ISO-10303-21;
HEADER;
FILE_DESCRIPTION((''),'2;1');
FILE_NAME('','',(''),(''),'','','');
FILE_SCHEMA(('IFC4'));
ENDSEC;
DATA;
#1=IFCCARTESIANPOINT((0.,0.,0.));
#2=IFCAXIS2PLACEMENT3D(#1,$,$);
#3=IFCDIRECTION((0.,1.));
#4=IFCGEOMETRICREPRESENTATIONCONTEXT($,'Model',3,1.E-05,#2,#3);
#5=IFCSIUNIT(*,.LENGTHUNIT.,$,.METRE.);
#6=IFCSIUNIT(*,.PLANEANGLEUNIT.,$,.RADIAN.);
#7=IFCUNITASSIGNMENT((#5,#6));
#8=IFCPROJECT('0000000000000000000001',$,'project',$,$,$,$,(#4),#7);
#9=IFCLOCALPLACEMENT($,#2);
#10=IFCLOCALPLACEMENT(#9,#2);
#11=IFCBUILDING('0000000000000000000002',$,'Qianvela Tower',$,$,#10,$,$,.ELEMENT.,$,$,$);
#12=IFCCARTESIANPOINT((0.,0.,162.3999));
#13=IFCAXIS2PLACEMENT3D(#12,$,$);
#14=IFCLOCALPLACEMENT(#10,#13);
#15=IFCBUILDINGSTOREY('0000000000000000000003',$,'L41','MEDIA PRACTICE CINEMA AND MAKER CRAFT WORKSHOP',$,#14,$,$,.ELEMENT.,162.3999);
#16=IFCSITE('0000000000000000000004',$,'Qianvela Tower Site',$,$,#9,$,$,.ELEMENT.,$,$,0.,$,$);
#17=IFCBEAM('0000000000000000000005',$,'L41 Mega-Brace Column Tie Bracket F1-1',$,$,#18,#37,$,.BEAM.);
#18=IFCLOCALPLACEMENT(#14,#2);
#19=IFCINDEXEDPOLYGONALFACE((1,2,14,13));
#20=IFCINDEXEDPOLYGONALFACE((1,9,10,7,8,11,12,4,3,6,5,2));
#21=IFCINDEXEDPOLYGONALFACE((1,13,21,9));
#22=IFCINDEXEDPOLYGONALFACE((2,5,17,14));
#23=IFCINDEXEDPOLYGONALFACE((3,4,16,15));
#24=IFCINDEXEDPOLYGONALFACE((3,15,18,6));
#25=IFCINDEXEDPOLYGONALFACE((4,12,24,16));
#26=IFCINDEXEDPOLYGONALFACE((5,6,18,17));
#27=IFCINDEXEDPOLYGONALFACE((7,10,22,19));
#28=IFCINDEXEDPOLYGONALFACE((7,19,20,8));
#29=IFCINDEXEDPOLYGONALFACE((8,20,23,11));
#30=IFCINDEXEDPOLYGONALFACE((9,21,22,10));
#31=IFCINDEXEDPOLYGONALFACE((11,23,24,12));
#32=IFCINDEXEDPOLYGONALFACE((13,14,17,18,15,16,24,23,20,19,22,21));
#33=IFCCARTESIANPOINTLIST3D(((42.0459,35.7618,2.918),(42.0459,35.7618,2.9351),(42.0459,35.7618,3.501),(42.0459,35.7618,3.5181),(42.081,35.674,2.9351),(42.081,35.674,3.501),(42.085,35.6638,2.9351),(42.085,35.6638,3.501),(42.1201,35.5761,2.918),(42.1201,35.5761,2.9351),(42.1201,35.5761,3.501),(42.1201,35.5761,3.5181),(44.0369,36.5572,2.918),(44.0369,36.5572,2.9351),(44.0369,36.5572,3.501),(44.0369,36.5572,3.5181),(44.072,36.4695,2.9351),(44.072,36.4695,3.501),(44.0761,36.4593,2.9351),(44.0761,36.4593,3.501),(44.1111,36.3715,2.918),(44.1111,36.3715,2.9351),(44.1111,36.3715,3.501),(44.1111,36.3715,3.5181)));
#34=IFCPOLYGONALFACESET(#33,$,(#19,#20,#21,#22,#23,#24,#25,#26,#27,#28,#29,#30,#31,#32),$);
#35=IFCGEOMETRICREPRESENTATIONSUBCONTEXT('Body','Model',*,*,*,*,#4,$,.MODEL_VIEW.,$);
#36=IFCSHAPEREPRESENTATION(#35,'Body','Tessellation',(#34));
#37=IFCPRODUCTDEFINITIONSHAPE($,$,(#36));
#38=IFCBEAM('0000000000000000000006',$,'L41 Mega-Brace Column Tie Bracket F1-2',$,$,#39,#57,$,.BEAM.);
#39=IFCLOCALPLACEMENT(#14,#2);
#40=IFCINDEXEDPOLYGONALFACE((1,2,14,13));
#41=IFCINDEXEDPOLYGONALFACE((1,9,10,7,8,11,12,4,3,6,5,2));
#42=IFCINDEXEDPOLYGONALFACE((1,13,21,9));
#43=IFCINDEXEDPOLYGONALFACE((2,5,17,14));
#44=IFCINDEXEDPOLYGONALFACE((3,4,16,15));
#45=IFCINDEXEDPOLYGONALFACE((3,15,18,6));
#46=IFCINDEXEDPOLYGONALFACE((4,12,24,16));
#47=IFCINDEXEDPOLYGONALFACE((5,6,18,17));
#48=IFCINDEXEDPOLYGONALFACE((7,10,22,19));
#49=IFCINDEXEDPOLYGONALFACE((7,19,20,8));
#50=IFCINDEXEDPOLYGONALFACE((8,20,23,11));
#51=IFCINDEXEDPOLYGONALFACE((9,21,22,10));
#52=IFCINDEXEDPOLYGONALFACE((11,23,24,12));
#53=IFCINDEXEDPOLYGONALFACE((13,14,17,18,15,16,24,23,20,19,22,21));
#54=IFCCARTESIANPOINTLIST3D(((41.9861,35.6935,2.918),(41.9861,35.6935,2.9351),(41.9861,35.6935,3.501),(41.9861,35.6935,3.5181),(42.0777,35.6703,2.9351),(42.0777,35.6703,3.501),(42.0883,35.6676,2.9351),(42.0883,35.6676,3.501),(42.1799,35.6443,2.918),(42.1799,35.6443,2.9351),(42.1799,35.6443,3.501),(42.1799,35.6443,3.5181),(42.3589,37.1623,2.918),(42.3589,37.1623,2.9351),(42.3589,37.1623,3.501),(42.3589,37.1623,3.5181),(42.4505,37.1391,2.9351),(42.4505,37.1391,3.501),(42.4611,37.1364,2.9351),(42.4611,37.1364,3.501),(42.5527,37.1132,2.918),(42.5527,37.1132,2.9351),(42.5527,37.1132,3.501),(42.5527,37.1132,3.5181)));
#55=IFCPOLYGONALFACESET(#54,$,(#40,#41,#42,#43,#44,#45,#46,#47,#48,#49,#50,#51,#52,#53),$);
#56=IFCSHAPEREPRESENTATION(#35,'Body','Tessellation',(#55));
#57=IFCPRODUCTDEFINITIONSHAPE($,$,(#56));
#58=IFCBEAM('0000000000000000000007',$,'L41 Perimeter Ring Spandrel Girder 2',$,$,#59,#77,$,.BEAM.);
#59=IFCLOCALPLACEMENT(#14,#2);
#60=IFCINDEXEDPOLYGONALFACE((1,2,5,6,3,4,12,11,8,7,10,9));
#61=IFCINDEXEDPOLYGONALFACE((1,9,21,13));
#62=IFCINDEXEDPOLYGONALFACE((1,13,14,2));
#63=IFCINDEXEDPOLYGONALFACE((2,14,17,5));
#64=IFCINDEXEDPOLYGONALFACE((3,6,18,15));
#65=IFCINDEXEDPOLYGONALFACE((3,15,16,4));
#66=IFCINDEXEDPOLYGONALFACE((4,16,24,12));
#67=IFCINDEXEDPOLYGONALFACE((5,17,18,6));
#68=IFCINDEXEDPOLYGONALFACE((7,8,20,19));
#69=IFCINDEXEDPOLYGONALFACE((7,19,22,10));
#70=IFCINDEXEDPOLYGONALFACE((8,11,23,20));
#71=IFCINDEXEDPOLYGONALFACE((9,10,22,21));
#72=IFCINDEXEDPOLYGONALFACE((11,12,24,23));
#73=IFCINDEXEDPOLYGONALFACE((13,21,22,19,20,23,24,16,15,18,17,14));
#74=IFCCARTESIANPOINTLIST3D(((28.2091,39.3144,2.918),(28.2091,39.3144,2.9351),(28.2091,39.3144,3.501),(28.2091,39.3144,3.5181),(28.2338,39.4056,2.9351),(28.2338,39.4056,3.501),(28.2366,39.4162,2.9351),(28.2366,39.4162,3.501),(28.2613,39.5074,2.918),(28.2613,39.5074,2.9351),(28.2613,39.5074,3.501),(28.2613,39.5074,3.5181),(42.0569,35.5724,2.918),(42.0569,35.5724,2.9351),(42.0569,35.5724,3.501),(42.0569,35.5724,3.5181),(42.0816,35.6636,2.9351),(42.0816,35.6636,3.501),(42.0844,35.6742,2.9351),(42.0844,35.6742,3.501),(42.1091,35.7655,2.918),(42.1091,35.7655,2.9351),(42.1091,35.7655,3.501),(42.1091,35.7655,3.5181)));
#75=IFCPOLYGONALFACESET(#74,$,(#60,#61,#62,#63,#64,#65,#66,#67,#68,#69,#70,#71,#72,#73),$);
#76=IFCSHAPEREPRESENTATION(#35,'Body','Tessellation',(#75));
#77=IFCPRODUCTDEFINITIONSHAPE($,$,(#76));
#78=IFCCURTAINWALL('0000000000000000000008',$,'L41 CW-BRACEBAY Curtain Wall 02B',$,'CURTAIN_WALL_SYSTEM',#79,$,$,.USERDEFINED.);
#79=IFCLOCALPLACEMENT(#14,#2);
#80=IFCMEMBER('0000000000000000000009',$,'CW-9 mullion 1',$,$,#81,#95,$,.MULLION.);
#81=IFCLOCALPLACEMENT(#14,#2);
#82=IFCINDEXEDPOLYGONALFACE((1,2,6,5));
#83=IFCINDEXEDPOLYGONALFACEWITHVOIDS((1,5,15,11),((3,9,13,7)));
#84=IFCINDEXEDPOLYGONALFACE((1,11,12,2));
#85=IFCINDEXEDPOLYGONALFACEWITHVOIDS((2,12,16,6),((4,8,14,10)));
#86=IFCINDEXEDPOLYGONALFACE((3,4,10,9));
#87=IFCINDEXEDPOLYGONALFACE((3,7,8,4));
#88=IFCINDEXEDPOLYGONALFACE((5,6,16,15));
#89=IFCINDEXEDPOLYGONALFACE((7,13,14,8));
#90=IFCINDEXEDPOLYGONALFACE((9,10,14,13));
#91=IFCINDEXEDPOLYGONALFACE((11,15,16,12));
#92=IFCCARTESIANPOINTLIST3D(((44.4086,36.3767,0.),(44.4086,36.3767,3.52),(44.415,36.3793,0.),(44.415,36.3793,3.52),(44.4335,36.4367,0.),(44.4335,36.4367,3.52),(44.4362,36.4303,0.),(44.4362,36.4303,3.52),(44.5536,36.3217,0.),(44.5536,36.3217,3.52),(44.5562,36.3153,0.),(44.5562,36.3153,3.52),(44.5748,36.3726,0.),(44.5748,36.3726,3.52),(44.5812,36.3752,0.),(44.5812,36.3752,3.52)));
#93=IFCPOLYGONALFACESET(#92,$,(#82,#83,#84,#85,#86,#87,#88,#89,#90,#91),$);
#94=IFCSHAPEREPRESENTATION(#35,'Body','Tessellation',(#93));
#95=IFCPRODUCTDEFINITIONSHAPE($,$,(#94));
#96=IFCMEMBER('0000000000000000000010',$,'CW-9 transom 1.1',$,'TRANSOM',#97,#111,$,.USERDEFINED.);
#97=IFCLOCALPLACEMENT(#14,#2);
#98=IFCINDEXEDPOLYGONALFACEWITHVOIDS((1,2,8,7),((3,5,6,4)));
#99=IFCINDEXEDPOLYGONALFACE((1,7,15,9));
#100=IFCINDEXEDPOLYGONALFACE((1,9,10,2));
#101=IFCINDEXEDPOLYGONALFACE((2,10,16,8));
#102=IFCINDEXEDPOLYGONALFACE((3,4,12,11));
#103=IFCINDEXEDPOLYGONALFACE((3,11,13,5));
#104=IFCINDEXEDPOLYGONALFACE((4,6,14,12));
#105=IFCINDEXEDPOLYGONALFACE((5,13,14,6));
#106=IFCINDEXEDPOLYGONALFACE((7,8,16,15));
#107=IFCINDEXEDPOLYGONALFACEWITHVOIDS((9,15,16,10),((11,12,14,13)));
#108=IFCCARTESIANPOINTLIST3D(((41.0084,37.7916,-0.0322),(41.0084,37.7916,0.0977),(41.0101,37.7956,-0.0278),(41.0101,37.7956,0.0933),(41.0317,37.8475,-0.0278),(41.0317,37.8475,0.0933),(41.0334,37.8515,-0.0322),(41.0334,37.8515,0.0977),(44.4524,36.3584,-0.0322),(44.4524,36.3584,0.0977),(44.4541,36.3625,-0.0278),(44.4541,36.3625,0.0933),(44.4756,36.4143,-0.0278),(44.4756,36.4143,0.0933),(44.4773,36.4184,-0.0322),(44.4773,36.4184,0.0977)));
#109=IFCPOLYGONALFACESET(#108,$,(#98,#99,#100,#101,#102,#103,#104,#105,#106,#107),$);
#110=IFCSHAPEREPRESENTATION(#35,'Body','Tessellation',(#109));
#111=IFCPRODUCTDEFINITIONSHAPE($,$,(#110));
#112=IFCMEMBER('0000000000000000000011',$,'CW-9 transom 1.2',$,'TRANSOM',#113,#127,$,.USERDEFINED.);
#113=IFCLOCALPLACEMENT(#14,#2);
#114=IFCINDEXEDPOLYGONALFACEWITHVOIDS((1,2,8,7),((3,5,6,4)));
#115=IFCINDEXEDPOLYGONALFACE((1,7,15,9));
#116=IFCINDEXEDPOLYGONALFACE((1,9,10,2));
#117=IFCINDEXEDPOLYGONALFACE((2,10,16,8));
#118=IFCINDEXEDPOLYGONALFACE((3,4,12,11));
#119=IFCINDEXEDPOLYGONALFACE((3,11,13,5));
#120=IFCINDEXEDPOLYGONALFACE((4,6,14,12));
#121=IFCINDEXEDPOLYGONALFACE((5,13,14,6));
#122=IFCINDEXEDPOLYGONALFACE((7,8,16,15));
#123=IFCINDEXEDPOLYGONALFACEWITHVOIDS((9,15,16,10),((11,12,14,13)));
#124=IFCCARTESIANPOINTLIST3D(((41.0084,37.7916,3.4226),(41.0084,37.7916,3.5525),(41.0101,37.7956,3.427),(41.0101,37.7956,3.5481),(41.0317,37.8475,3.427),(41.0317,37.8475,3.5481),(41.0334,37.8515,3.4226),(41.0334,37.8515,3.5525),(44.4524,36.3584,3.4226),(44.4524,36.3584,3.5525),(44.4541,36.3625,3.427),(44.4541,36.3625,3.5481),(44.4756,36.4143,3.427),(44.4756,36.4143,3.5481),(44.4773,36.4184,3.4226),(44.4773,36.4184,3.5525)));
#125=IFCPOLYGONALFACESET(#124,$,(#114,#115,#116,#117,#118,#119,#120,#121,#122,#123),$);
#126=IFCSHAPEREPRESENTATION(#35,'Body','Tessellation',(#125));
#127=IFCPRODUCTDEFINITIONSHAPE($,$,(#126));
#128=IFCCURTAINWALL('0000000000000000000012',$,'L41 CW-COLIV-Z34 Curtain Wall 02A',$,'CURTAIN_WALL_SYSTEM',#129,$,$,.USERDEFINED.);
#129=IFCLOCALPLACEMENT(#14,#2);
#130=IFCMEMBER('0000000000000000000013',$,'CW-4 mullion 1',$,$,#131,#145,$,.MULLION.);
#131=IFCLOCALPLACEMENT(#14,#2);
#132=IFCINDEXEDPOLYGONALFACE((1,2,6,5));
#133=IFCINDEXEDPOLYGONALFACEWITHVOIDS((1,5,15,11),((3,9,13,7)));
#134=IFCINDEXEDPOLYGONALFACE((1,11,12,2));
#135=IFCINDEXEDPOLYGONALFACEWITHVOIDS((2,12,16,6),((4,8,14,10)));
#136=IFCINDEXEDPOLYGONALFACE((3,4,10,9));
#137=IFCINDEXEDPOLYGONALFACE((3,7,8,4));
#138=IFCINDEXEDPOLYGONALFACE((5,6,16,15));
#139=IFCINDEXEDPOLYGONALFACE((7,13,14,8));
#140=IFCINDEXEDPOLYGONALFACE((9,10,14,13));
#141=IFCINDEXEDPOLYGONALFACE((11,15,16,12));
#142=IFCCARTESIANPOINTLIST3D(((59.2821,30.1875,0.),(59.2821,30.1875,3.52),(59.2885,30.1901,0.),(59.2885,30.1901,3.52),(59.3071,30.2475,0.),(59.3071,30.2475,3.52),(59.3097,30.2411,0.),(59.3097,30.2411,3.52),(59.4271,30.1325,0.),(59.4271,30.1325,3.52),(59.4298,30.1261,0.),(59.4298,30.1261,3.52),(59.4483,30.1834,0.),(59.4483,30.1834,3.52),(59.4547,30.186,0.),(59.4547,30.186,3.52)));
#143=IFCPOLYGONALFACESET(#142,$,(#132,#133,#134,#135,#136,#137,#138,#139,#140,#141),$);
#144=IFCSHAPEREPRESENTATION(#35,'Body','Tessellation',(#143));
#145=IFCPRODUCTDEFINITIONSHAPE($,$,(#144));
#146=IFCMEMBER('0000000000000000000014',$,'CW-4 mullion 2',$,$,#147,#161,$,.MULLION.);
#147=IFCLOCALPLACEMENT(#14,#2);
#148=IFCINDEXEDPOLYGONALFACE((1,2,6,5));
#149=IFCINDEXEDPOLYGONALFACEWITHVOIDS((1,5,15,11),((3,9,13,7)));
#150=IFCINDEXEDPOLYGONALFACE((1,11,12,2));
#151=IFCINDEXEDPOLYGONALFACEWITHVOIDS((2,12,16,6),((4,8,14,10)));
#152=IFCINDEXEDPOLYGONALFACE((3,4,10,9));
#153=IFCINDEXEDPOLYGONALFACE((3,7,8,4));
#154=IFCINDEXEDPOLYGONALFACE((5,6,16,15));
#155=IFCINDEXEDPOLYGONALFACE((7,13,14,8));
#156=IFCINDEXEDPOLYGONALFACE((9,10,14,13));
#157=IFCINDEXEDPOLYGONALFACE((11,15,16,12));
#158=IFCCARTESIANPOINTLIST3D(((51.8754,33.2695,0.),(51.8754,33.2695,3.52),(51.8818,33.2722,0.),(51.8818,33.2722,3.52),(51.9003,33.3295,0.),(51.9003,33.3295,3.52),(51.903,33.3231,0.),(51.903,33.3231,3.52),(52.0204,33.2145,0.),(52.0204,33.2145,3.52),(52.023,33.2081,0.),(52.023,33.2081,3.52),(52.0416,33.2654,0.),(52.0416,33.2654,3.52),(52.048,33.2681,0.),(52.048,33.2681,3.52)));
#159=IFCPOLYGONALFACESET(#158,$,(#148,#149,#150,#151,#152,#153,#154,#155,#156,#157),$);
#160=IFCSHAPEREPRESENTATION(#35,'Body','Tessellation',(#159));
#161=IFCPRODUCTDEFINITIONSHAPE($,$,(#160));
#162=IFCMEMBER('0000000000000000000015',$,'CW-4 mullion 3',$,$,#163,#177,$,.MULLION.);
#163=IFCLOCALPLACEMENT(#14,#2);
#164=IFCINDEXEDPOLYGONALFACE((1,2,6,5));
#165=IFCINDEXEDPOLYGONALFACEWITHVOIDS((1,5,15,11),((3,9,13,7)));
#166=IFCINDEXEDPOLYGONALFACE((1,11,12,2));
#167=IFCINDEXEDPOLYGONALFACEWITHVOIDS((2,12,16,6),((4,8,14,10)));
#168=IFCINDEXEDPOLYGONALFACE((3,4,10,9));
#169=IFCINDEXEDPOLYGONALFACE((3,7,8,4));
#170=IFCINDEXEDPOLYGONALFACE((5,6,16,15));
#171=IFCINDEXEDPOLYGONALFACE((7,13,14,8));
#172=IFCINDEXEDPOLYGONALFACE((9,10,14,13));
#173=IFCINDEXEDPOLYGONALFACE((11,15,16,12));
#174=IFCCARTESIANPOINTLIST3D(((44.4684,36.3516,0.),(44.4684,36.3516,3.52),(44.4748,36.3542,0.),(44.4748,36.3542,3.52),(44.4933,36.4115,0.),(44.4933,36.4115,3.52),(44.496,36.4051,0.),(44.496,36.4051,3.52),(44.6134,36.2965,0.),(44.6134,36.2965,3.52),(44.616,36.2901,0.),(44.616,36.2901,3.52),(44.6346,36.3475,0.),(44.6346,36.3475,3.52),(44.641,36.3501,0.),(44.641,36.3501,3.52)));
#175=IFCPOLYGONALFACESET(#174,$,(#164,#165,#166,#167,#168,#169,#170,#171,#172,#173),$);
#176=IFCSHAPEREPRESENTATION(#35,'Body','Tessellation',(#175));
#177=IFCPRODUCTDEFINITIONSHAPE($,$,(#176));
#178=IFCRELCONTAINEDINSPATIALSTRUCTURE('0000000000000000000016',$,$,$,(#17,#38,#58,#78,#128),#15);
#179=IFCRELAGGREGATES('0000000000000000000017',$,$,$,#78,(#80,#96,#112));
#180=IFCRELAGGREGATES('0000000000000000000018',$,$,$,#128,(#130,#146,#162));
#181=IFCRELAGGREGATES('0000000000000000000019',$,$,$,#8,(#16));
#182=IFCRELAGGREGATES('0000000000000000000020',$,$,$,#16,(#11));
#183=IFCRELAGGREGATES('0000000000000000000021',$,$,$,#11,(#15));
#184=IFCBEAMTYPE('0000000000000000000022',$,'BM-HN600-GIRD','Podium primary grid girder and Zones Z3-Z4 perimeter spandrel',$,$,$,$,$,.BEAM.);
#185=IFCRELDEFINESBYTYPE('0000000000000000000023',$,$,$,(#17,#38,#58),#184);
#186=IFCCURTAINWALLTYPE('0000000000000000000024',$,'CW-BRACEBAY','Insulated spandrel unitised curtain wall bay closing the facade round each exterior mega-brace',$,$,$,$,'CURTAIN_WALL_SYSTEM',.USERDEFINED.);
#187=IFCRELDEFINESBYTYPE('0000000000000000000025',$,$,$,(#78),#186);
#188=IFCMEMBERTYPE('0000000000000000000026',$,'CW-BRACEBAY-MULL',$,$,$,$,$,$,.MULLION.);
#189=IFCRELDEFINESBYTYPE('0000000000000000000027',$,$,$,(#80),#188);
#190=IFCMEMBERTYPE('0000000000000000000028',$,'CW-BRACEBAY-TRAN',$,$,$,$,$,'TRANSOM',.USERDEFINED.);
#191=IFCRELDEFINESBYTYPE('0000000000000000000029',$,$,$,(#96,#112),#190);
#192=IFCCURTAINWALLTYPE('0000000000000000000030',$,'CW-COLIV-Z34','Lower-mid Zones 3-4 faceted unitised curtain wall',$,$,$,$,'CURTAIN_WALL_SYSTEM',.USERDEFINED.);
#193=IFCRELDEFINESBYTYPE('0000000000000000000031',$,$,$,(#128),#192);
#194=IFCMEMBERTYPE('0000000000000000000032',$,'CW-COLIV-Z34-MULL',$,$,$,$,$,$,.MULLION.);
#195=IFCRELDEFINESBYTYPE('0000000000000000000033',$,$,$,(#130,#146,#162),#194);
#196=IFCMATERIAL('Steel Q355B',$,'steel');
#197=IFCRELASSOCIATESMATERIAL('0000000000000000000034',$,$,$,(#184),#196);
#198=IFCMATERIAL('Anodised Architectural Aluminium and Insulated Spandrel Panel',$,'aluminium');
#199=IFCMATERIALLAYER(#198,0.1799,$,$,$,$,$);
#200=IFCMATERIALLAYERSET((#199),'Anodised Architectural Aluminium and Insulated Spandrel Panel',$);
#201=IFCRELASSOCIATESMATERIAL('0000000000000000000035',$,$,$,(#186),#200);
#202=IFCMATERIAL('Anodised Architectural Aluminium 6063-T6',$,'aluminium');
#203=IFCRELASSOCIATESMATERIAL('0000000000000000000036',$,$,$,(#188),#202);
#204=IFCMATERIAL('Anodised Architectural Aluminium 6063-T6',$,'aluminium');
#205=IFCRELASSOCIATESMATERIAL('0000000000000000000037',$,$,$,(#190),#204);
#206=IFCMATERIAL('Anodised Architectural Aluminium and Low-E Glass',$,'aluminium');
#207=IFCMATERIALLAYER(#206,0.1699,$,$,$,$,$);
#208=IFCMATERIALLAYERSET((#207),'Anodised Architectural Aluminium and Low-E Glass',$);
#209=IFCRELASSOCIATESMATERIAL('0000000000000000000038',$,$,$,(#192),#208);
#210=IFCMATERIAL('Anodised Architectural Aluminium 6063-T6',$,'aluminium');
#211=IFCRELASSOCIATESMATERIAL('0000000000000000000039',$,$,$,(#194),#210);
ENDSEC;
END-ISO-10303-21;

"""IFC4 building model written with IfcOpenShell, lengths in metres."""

from ifc_helpers import new_model, si_unit, direction, frame, origin, origin_2d, place, context, subcontext, project, spatial, hollow_rectangle, i_section, extrude, material, layer, layer_set, material_profile, profile_set, type_object, element, aggregate, save


model = new_model("IFC4")

# Units and contexts
model_context = context("Model", 3, precision=1e-05, world=origin(), true_north=direction((0.0, 1.0)))
body_context = subcontext(model_context, "Body", "Model", "MODEL_VIEW")
ifc_project = project(units=[si_unit("LENGTHUNIT", "METRE"), si_unit("PLANEANGLEUNIT", "RADIAN")], contexts=[model_context])

# Site, building, storey
site_placement = place(None, origin())
site = spatial("IfcSite", under=ifc_project, at=site_placement, Name="Qianvela Tower Site", CompositionType="ELEMENT", RefElevation=0.0)
building_placement = place(site_placement, origin())
building = spatial("IfcBuilding", under=site, at=building_placement, Name="Qianvela Tower", CompositionType="ELEMENT")
storey_placement = place(building_placement, frame((0.0, 0.0, 162.3999)))
storey = spatial("IfcBuildingStorey", under=building, at=storey_placement, Name="L41", Description="MEDIA PRACTICE CINEMA AND MAKER CRAFT WORKSHOP", CompositionType="ELEMENT", Elevation=162.3999)

# Beams
ifc_material_1 = material(Name="Steel Q355B", Category="steel")
ifc_material_profile_1 = material_profile(ifc_material_1, i_section(OverallWidth=0.2, OverallDepth=0.6001, WebThickness=0.011, FlangeThickness=0.0171, at=origin_2d()), Name="HN600x200x11x17")
ifc_profile_set_1 = profile_set([ifc_material_profile_1], Name="Steel Q355B")
beam_type = type_object("IfcBeamType", Name="BM-HN600-GIRD", Description="Podium primary grid girder and Zones Z3-Z4 perimeter spandrel", PredefinedType="BEAM", material=ifc_profile_set_1)
beam_1_placement = place(storey_placement, frame((42.083, 35.6689, 3.218), z_axis=(0.928634, 0.370998, 0.0), x_axis=(-0.370998, 0.928634, 0.0)))
element("IfcBeam", 1, at=beam_1_placement, inside=storey, type_object=beam_type, Name="L41 Mega-Brace Column Tie Bracket F1-1", PredefinedType="BEAM", context=body_context, shape_type="SweptSolid", body=[
    extrude(i_section(OverallWidth=0.2, OverallDepth=0.6001, WebThickness=0.011, FlangeThickness=0.0171, at=origin_2d()), origin(), (0.0, 0.0, 1.0), 2.144),
])
beam_2_placement = place(storey_placement, frame((42.083, 35.6689, 3.218), z_axis=(0.246022, 0.969264, 0.0), x_axis=(-0.969264, 0.246022, 0.0)))
element("IfcBeam", 2, at=beam_2_placement, inside=storey, type_object=beam_type, Name="L41 Mega-Brace Column Tie Bracket F1-2", PredefinedType="BEAM", context=body_context, shape_type="SweptSolid", body=[
    extrude(i_section(OverallWidth=0.2, OverallDepth=0.6001, WebThickness=0.011, FlangeThickness=0.0171, at=origin_2d()), origin(), (0.0, 0.0, 1.0), 1.5154),
])
beam_3_placement = place(storey_placement, frame((42.083, 35.6689, 3.218), z_axis=(-0.965376, 0.260861, 0.0), x_axis=(-0.260861, -0.965376, 0.0)))
element("IfcBeam", 3, at=beam_3_placement, inside=storey, type_object=beam_type, Name="L41 Perimeter Ring Spandrel Girder 2", PredefinedType="BEAM", context=body_context, shape_type="SweptSolid", body=[
    extrude(i_section(OverallWidth=0.2, OverallDepth=0.6001, WebThickness=0.011, FlangeThickness=0.0171, at=origin_2d()), origin(), (0.0, 0.0, 1.0), 14.3445),
])

# Curtain walls, members
ifc_material_2 = material(Name="Anodised Architectural Aluminium and Insulated Spandrel Panel", Category="aluminium")
ifc_layer_1 = layer(ifc_material_2, 0.1799)
ifc_layer_set_1 = layer_set([ifc_layer_1], Name="Anodised Architectural Aluminium and Insulated Spandrel Panel")
curtain_wall_type_1 = type_object("IfcCurtainWallType", Name="CW-BRACEBAY", Description="Insulated spandrel unitised curtain wall bay closing the facade round each exterior mega-brace", ElementType="CURTAIN_WALL_SYSTEM", PredefinedType="USERDEFINED", material=ifc_layer_set_1)
curtain_wall_1_placement = place(storey_placement, origin())
curtain_wall_1 = element("IfcCurtainWall", 4, at=curtain_wall_1_placement, inside=storey, type_object=curtain_wall_type_1, Name="L41 CW-BRACEBAY Curtain Wall 02B", ObjectType="CURTAIN_WALL_SYSTEM", PredefinedType="USERDEFINED")
ifc_material_3 = material(Name="Anodised Architectural Aluminium 6063-T6", Category="aluminium")
ifc_material_profile_2 = material_profile(ifc_material_3, hollow_rectangle(XDim=0.0649, YDim=0.1599, WallThickness=0.0049, at=origin_2d()), Name="ALU-MULL-65x160")
ifc_profile_set_2 = profile_set([ifc_material_profile_2], Name="Anodised Architectural Aluminium 6063-T6")
member_type_1 = type_object("IfcMemberType", Name="CW-BRACEBAY-MULL", PredefinedType="MULLION", material=ifc_profile_set_2)
member_1_placement = place(storey_placement, frame((44.4949, 36.376, 0.0), z_axis=(0.0, 0.0, 1.0), x_axis=(-0.384192, -0.923253, 0.0)))
member_1 = element("IfcMember", 5, at=member_1_placement, type_object=member_type_1, Name="CW-9 mullion 1", PredefinedType="MULLION", context=body_context, shape_type="SweptSolid", body=[
    extrude(hollow_rectangle(XDim=0.0649, YDim=0.1599, WallThickness=0.0049, at=origin_2d()), origin(), (0.0, 0.0, 1.0), 3.52),
])
ifc_material_4 = material(Name="Anodised Architectural Aluminium 6063-T6", Category="aluminium")
ifc_material_profile_3 = material_profile(ifc_material_4, hollow_rectangle(XDim=0.0649, YDim=0.1299, WallThickness=0.0044, at=origin_2d()), Name="ALU-TRAN-65x130")
ifc_profile_set_3 = profile_set([ifc_material_profile_3], Name="Anodised Architectural Aluminium 6063-T6")
member_type_2 = type_object("IfcMemberType", Name="CW-BRACEBAY-TRAN", ElementType="TRANSOM", PredefinedType="USERDEFINED", material=ifc_profile_set_3)
member_2_placement = place(storey_placement, frame((44.4648, 36.3884, 0.0327), z_axis=(-0.923251, 0.384197, 0.0), x_axis=(-0.384197, -0.923251, 0.0)))
member_2 = element("IfcMember", 6, at=member_2_placement, type_object=member_type_2, Name="CW-9 transom 1.1", ObjectType="TRANSOM", PredefinedType="USERDEFINED", context=body_context, shape_type="SweptSolid", body=[
    extrude(hollow_rectangle(XDim=0.0649, YDim=0.1299, WallThickness=0.0044, at=origin_2d()), origin(), (0.0, 0.0, 1.0), 3.7302),
])
member_3_placement = place(storey_placement, frame((44.4648, 36.3884, 3.4875), z_axis=(-0.923251, 0.384197, 0.0), x_axis=(-0.384197, -0.923251, 0.0)))
member_3 = element("IfcMember", 7, at=member_3_placement, type_object=member_type_2, Name="CW-9 transom 1.2", ObjectType="TRANSOM", PredefinedType="USERDEFINED", context=body_context, shape_type="SweptSolid", body=[
    extrude(hollow_rectangle(XDim=0.0649, YDim=0.1299, WallThickness=0.0044, at=origin_2d()), origin(), (0.0, 0.0, 1.0), 3.7302),
])
ifc_material_5 = material(Name="Anodised Architectural Aluminium and Low-E Glass", Category="aluminium")
ifc_layer_2 = layer(ifc_material_5, 0.1699)
ifc_layer_set_2 = layer_set([ifc_layer_2], Name="Anodised Architectural Aluminium and Low-E Glass")
curtain_wall_type_2 = type_object("IfcCurtainWallType", Name="CW-COLIV-Z34", Description="Lower-mid Zones 3-4 faceted unitised curtain wall", ElementType="CURTAIN_WALL_SYSTEM", PredefinedType="USERDEFINED", material=ifc_layer_set_2)
curtain_wall_2_placement = place(storey_placement, origin())
curtain_wall_2 = element("IfcCurtainWall", 8, at=curtain_wall_2_placement, inside=storey, type_object=curtain_wall_type_2, Name="L41 CW-COLIV-Z34 Curtain Wall 02A", ObjectType="CURTAIN_WALL_SYSTEM", PredefinedType="USERDEFINED")
ifc_material_6 = material(Name="Anodised Architectural Aluminium 6063-T6", Category="aluminium")
ifc_material_profile_4 = material_profile(ifc_material_6, hollow_rectangle(XDim=0.0649, YDim=0.1599, WallThickness=0.0049, at=origin_2d()), Name="ALU-MULL-65x160")
ifc_profile_set_4 = profile_set([ifc_material_profile_4], Name="Anodised Architectural Aluminium 6063-T6")
member_type_3 = type_object("IfcMemberType", Name="CW-COLIV-Z34-MULL", PredefinedType="MULLION", material=ifc_profile_set_4)
member_4_placement = place(storey_placement, frame((59.3684, 30.1868, 0.0), z_axis=(0.0, 0.0, 1.0), x_axis=(-0.384185, -0.923256, 0.0)))
member_4 = element("IfcMember", 9, at=member_4_placement, type_object=member_type_3, Name="CW-4 mullion 1", PredefinedType="MULLION", context=body_context, shape_type="SweptSolid", body=[
    extrude(hollow_rectangle(XDim=0.0649, YDim=0.1599, WallThickness=0.0049, at=origin_2d()), origin(), (0.0, 0.0, 1.0), 3.52),
])
member_5_placement = place(storey_placement, frame((51.9617, 33.2688, 0.0), z_axis=(0.0, 0.0, 1.0), x_axis=(-0.384185, -0.923256, 0.0)))
member_5 = element("IfcMember", 10, at=member_5_placement, type_object=member_type_3, Name="CW-4 mullion 2", PredefinedType="MULLION", context=body_context, shape_type="SweptSolid", body=[
    extrude(hollow_rectangle(XDim=0.0649, YDim=0.1599, WallThickness=0.0049, at=origin_2d()), origin(), (0.0, 0.0, 1.0), 3.52),
])
member_6_placement = place(storey_placement, frame((44.5547, 36.3508, 0.0), z_axis=(0.0, 0.0, 1.0), x_axis=(-0.384185, -0.923256, 0.0)))
member_6 = element("IfcMember", 11, at=member_6_placement, type_object=member_type_3, Name="CW-4 mullion 3", PredefinedType="MULLION", context=body_context, shape_type="SweptSolid", body=[
    extrude(hollow_rectangle(XDim=0.0649, YDim=0.1599, WallThickness=0.0049, at=origin_2d()), origin(), (0.0, 0.0, 1.0), 3.52),
])

aggregate(curtain_wall_1, [member_1, member_2, member_3])
aggregate(curtain_wall_2, [member_4, member_5, member_6])

save(model, "model.ifc")
